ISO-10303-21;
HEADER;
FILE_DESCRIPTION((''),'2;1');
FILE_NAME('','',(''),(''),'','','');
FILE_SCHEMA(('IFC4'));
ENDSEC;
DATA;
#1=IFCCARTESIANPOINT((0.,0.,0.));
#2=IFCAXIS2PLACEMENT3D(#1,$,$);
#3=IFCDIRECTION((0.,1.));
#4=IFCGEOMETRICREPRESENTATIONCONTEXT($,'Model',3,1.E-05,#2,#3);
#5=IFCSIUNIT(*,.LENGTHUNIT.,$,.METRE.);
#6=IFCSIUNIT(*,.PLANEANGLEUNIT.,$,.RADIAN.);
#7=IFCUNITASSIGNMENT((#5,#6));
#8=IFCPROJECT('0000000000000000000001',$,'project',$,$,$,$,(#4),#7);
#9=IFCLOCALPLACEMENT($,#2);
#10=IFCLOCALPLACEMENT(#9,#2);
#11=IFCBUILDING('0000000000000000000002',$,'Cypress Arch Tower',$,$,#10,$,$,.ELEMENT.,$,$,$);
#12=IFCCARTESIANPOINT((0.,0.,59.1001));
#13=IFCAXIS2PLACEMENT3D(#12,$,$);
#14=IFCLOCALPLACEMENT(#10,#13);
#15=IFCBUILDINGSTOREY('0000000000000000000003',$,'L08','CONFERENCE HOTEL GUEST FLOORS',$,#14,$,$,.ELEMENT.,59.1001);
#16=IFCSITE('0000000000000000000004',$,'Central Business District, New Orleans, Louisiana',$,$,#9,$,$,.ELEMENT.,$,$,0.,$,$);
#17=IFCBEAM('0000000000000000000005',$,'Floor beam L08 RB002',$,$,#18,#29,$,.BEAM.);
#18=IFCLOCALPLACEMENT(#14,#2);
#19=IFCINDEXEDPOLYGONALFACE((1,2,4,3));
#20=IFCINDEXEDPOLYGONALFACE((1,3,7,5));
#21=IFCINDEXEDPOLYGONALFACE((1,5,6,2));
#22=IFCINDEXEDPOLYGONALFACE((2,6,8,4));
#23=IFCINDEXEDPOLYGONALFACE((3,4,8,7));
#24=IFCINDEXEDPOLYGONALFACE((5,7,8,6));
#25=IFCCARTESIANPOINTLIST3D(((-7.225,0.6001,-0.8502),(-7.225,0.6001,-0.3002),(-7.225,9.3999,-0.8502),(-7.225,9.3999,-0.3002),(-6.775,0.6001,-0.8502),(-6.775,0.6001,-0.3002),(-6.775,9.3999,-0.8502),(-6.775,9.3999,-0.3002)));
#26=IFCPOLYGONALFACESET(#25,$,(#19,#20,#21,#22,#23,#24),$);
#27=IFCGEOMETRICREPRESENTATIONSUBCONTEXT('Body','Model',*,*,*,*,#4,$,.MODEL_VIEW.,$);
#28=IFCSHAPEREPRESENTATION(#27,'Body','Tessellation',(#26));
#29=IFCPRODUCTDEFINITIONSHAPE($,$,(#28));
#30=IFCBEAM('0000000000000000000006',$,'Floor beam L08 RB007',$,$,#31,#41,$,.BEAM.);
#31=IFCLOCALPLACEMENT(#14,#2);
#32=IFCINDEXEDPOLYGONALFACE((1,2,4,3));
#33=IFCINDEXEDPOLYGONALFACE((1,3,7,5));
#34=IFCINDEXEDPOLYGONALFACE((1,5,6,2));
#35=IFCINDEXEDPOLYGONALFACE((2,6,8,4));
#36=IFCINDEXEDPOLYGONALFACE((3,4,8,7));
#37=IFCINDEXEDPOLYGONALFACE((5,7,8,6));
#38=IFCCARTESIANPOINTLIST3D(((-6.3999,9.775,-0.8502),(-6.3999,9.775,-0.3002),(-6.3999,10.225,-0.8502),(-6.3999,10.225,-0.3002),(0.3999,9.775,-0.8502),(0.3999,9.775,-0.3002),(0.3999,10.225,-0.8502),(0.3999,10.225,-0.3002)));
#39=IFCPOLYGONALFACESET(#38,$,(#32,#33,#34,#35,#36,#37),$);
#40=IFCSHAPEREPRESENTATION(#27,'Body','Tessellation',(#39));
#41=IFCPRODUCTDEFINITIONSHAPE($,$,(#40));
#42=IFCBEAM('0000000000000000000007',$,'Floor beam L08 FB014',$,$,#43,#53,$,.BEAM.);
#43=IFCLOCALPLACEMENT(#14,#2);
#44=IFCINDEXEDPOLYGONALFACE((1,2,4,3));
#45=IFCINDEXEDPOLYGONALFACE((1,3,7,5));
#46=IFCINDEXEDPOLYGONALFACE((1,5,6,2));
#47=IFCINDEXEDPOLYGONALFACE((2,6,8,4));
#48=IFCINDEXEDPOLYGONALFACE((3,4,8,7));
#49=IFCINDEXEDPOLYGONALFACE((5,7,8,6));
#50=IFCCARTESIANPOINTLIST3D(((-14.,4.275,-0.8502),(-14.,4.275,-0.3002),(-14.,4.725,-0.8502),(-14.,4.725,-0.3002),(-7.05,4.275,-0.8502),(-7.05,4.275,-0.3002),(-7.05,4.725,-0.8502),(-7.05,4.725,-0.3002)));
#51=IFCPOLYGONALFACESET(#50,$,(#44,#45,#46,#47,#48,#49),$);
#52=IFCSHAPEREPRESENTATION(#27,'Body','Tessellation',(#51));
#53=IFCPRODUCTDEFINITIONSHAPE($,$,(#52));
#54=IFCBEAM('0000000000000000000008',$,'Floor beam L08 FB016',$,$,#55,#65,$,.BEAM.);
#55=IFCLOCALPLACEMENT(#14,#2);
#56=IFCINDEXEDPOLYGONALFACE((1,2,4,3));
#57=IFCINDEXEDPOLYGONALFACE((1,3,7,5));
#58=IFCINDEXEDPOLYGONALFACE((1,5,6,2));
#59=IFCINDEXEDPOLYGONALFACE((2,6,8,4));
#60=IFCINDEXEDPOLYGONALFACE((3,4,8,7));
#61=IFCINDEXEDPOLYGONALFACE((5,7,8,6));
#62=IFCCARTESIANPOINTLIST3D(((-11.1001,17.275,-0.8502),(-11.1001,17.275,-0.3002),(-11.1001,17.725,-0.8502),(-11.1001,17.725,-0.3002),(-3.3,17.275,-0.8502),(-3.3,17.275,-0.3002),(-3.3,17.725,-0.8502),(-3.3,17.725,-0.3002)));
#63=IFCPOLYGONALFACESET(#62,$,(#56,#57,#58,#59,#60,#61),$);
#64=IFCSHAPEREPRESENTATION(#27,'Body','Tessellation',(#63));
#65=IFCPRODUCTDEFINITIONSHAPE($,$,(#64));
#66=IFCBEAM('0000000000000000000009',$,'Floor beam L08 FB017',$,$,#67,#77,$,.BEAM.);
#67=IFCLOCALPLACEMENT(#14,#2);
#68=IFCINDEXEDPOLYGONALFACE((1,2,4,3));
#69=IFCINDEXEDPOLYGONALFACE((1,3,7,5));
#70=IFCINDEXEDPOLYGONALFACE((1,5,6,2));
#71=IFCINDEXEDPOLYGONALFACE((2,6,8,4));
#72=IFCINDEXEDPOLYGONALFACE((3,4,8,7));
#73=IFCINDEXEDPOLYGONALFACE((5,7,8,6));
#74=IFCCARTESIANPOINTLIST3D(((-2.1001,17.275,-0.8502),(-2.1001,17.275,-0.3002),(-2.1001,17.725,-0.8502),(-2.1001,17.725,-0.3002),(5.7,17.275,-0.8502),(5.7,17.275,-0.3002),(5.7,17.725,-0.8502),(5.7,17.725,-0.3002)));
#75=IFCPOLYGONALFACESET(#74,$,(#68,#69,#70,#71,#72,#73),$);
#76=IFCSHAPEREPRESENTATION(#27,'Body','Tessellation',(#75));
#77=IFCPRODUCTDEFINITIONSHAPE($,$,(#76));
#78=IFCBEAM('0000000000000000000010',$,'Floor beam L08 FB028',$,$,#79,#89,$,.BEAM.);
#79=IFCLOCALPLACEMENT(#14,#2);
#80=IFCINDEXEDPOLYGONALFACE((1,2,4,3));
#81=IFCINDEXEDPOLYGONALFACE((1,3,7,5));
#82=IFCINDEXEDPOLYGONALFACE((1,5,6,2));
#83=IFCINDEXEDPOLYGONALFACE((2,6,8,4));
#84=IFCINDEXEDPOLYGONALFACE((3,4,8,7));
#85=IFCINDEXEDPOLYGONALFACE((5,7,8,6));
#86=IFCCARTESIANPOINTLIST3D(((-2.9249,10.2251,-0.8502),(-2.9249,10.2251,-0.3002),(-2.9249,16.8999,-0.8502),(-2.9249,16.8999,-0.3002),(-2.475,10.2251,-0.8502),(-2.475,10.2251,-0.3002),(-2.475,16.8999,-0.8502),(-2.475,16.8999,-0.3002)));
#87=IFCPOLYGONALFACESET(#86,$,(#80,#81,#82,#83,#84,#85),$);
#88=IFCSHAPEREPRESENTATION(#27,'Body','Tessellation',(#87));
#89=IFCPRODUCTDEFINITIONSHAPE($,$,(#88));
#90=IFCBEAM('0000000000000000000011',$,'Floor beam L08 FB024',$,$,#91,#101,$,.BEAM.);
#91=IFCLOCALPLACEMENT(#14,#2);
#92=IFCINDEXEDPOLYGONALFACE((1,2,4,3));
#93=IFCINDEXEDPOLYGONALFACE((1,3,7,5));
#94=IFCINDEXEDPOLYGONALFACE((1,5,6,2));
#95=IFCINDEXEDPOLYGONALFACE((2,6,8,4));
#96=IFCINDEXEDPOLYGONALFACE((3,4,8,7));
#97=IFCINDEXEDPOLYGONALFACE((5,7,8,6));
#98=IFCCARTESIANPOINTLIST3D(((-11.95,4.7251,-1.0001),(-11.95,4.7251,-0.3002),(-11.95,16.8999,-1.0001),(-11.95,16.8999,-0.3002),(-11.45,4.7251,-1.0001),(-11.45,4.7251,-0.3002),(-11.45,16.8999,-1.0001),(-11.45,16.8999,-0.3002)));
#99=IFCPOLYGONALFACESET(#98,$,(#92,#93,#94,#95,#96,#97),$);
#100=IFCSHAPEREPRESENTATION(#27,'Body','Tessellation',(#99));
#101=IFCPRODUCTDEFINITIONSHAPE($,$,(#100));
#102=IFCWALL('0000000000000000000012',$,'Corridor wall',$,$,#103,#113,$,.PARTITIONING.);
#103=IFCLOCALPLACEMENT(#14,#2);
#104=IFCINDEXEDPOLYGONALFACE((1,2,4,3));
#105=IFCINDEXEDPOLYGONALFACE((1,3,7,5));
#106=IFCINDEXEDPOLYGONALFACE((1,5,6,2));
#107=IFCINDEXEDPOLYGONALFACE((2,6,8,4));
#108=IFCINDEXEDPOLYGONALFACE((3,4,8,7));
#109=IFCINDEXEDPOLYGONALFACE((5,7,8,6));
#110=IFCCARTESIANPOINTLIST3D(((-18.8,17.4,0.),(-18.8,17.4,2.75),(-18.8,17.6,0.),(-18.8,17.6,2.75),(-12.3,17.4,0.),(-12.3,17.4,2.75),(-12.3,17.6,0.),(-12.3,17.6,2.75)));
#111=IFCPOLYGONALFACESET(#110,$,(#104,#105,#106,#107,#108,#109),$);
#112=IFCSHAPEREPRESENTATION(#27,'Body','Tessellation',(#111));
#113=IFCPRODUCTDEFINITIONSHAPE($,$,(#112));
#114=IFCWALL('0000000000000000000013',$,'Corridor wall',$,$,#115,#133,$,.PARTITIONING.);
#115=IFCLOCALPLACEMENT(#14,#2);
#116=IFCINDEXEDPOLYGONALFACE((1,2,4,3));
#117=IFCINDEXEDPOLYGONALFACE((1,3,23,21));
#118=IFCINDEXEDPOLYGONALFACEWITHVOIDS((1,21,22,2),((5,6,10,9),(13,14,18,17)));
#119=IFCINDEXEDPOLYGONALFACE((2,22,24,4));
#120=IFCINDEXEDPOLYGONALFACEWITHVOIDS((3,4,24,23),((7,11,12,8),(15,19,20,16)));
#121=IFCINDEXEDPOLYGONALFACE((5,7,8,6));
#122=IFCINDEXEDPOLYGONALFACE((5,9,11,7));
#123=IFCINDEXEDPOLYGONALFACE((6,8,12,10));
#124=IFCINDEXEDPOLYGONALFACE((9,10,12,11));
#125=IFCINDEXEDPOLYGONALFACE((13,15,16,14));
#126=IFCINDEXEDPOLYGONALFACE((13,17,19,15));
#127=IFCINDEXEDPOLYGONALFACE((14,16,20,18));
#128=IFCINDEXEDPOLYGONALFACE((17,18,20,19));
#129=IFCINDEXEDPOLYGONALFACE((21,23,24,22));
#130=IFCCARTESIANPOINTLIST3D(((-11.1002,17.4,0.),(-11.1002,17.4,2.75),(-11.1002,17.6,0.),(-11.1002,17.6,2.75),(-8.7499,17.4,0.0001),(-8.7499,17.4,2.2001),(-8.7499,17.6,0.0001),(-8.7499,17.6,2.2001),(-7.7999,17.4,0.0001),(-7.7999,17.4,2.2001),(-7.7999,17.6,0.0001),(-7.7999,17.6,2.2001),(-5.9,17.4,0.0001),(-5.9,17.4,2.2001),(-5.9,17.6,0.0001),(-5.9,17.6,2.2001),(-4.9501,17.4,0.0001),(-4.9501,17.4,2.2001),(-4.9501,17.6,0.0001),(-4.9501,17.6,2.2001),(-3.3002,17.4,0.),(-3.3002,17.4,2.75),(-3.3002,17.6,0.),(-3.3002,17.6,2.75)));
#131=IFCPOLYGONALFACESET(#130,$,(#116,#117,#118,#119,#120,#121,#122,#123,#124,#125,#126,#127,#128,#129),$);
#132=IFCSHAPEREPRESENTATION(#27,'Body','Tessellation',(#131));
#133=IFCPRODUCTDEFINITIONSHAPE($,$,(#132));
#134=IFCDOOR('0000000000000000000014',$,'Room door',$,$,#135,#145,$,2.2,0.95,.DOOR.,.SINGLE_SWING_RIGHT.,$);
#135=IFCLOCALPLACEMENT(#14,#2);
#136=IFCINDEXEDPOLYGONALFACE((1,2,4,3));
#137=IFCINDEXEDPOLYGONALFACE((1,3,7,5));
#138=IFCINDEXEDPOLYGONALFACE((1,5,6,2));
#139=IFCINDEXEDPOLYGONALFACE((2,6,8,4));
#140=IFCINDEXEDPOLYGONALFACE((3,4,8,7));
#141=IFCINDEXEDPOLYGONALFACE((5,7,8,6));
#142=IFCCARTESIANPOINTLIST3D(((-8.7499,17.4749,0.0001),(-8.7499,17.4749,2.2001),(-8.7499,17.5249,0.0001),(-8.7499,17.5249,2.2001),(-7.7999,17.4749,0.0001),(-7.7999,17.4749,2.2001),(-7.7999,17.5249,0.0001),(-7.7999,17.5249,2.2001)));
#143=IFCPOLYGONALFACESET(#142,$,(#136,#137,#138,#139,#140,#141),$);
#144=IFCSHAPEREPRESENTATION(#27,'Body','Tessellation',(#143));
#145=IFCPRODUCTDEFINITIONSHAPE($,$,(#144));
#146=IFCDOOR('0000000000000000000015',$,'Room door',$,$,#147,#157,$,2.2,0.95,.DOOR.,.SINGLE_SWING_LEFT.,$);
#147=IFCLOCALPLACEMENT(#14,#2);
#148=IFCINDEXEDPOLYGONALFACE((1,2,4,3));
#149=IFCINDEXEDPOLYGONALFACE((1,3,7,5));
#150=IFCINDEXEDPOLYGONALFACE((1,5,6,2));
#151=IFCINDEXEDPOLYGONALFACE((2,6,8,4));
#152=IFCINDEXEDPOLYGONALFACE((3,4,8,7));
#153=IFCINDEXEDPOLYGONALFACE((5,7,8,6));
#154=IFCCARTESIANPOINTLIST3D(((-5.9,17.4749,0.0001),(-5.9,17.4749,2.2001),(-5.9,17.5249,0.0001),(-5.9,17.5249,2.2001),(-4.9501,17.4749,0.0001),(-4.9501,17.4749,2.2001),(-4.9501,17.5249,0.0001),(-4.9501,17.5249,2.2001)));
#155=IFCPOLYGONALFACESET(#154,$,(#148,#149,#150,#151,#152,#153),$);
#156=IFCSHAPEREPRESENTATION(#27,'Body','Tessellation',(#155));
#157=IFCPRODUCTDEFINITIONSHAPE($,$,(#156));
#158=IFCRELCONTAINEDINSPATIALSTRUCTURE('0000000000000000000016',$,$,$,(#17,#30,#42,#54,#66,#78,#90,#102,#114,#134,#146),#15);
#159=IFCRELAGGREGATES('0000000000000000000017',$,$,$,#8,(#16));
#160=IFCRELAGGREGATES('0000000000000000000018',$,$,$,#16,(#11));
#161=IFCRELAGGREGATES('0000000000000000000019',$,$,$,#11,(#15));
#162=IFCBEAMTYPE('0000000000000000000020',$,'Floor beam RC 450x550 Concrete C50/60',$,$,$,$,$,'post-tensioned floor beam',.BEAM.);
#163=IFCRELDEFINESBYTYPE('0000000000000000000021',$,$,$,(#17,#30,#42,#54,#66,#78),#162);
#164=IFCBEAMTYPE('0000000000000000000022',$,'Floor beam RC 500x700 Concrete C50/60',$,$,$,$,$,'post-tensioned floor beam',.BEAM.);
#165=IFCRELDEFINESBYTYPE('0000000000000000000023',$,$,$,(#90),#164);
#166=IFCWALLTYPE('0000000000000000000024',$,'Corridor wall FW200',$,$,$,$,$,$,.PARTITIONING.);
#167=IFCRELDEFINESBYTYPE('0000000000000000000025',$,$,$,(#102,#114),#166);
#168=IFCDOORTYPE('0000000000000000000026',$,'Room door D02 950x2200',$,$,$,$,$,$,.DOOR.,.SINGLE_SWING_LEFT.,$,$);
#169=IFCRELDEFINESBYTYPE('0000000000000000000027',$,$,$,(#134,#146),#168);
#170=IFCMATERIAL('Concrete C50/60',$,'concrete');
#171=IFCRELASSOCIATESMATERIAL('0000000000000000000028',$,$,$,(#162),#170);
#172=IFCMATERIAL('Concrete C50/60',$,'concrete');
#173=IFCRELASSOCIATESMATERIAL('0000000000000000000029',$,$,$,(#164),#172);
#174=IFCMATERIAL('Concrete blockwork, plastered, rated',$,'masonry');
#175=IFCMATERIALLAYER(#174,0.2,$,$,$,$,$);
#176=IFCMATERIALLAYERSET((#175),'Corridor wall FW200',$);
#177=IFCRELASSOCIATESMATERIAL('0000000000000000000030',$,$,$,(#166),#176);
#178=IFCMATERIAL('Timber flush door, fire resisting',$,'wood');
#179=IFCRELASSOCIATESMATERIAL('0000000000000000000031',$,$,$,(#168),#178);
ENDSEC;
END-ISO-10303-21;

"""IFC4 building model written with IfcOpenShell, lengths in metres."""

from ifc_helpers import new_model, si_unit, direction, frame, frame_2d, origin, origin_2d, place, context, subcontext, project, spatial, rectangle, extrude, material, layer, layer_set, material_profile, profile_set, type_object, element, fill, save


model = new_model("IFC4")

# Units and contexts
model_context = context("Model", 3, precision=1e-05, world=origin(), true_north=direction((0.0, 1.0)))
body_context = subcontext(model_context, "Body", "Model", "MODEL_VIEW")
ifc_project = project(units=[si_unit("LENGTHUNIT", "METRE"), si_unit("PLANEANGLEUNIT", "RADIAN")], contexts=[model_context])

# Site, building, storey
site_placement = place(None, origin())
site = spatial("IfcSite", under=ifc_project, at=site_placement, Name="Central Business District, New Orleans, Louisiana", CompositionType="ELEMENT", RefElevation=0.0)
building_placement = place(site_placement, origin())
building = spatial("IfcBuilding", under=site, at=building_placement, Name="Cypress Arch Tower", CompositionType="ELEMENT")
storey_placement = place(building_placement, frame((0.0, 0.0, 59.1001)))
storey = spatial("IfcBuildingStorey", under=building, at=storey_placement, Name="L08", Description="CONFERENCE HOTEL GUEST FLOORS", CompositionType="ELEMENT", Elevation=59.1001)

# Beams
ifc_material_1 = material(Name="Concrete C50/60", Category="concrete")
ifc_material_profile_1 = material_profile(ifc_material_1, rectangle(XDim=0.45, YDim=0.55, at=origin_2d()), Name="RC 450x550")
ifc_profile_set_1 = profile_set([ifc_material_profile_1], Name="Concrete C50/60")
beam_type_1 = type_object("IfcBeamType", Name="Floor beam RC 450x550 Concrete C50/60", ElementType="post-tensioned floor beam", PredefinedType="BEAM", material=ifc_profile_set_1)
beam_1_placement = place(storey_placement, frame((-7.0, 0.6001, -0.5752), z_axis=(0.0, 1.0, 0.0), x_axis=(-1.0, 0.0, 0.0)))
element("IfcBeam", 1, at=beam_1_placement, inside=storey, type_object=beam_type_1, Name="Floor beam L08 RB002", PredefinedType="BEAM", context=body_context, shape_type="SweptSolid", body=[
    extrude(rectangle(XDim=0.45, YDim=0.55, at=origin_2d()), origin(), (0.0, 0.0, 1.0), 8.7998),
])
beam_2_placement = place(storey_placement, frame((-6.3999, 10.0, -0.5752), z_axis=(1.0, 0.0, 0.0), x_axis=(0.0, 1.0, 0.0)))
element("IfcBeam", 2, at=beam_2_placement, inside=storey, type_object=beam_type_1, Name="Floor beam L08 RB007", PredefinedType="BEAM", context=body_context, shape_type="SweptSolid", body=[
    extrude(rectangle(XDim=0.45, YDim=0.55, at=origin_2d()), origin(), (0.0, 0.0, 1.0), 6.7998),
])
beam_3_placement = place(storey_placement, frame((-14.0, 4.5, -0.5752), z_axis=(1.0, 0.0, 0.0), x_axis=(0.0, 1.0, 0.0)))
element("IfcBeam", 3, at=beam_3_placement, inside=storey, type_object=beam_type_1, Name="Floor beam L08 FB014", PredefinedType="BEAM", context=body_context, shape_type="SweptSolid", body=[
    extrude(rectangle(XDim=0.45, YDim=0.55, at=origin_2d()), origin(), (0.0, 0.0, 1.0), 6.95),
])
for number, where, z_axis, x_axis, name in (
    (4, (-11.1001, 17.5, -0.5752), (1.0, 0.0, 0.0), (0.0, 1.0, 0.0), "Floor beam L08 FB016"),
    (5, (-2.1001, 17.5, -0.5752), (1.0, 0.0, 0.0), (0.0, 1.0, 0.0), "Floor beam L08 FB017"),
):
    element("IfcBeam", number, at=place(storey_placement, frame(where, z_axis=z_axis, x_axis=x_axis)), inside=storey, type_object=beam_type_1, Name=name, PredefinedType="BEAM", context=body_context, shape_type="SweptSolid", body=[
        extrude(rectangle(XDim=0.45, YDim=0.55, at=origin_2d()), origin(), (0.0, 0.0, 1.0), 7.8),
    ])
beam_4_placement = place(storey_placement, frame((-2.7, 10.2251, -0.5752), z_axis=(0.0, 1.0, 0.0), x_axis=(-1.0, 0.0, 0.0)))
element("IfcBeam", 6, at=beam_4_placement, inside=storey, type_object=beam_type_1, Name="Floor beam L08 FB028", PredefinedType="BEAM", context=body_context, shape_type="SweptSolid", body=[
    extrude(rectangle(XDim=0.45, YDim=0.55, at=origin_2d()), origin(), (0.0, 0.0, 1.0), 6.6748),
])
ifc_material_2 = material(Name="Concrete C50/60", Category="concrete")
ifc_material_profile_2 = material_profile(ifc_material_2, rectangle(XDim=0.5, YDim=0.7, at=origin_2d()), Name="RC 500x700")
ifc_profile_set_2 = profile_set([ifc_material_profile_2], Name="Concrete C50/60")
beam_type_2 = type_object("IfcBeamType", Name="Floor beam RC 500x700 Concrete C50/60", ElementType="post-tensioned floor beam", PredefinedType="BEAM", material=ifc_profile_set_2)
beam_5_placement = place(storey_placement, frame((-11.7, 4.7251, -0.6501), z_axis=(0.0, 1.0, 0.0), x_axis=(-1.0, 0.0, 0.0)))
element("IfcBeam", 7, at=beam_5_placement, inside=storey, type_object=beam_type_2, Name="Floor beam L08 FB024", PredefinedType="BEAM", context=body_context, shape_type="SweptSolid", body=[
    extrude(rectangle(XDim=0.5, YDim=0.7, at=origin_2d()), origin(), (0.0, 0.0, 1.0), 12.1748),
])

# Wall
ifc_material_3 = material(Name="Concrete blockwork, plastered, rated", Category="masonry")
ifc_layer_1 = layer(ifc_material_3, 0.2)
ifc_layer_set_1 = layer_set([ifc_layer_1], Name="Corridor wall FW200")
wall_type_1 = type_object("IfcWallType", Name="Corridor wall FW200", PredefinedType="PARTITIONING", material=ifc_layer_set_1)
wall_1_placement = place(storey_placement, frame((-18.8, 17.5, 0.0), z_axis=(0.0, 0.0, 1.0), x_axis=(1.0, 0.0, 0.0)))
element("IfcWall", 8, at=wall_1_placement, inside=storey, type_object=wall_type_1, Name="Corridor wall", PredefinedType="PARTITIONING", context=body_context, shape_type="SweptSolid", body=[
    extrude(rectangle(XDim=6.5, YDim=0.2, at=frame_2d((3.25, 0.0))), origin(), (0.0, 0.0, 1.0), 2.75),
])

# Wall, openings, doors
wall_2_placement = place(storey_placement, frame((-11.1001, 17.5, 0.0), z_axis=(0.0, 0.0, 1.0), x_axis=(1.0, 0.0, 0.0)))
wall_2 = element("IfcWall", 9, at=wall_2_placement, inside=storey, type_object=wall_type_1, Name="Corridor wall", PredefinedType="PARTITIONING", context=body_context, shape_type="SweptSolid", body=[
    extrude(rectangle(XDim=7.8, YDim=0.2, at=frame_2d((3.8999, 0.0))), origin(), (0.0, 0.0, 1.0), 2.75),
])
opening_1_placement = place(wall_2_placement, frame((2.3501, 0.0, 0.0)))
opening_1 = element("IfcOpeningElement", 10, at=opening_1_placement, cuts=wall_2, PredefinedType="OPENING", context=body_context, shape_type="SweptSolid", body=[
    extrude(rectangle(XDim=0.95, YDim=2.2, at=frame_2d((0.4751, 1.1001))), frame((0.0, 0.1099, 0.0), z_axis=(0.0, -1.0, 0.0), x_axis=(1.0, 0.0, 0.0)), (0.0, 0.0, 1.0), 0.22),
])
opening_2_placement = place(wall_2_placement, frame((5.2, 0.0, 0.0)))
opening_2 = element("IfcOpeningElement", 11, at=opening_2_placement, cuts=wall_2, PredefinedType="OPENING", context=body_context, shape_type="SweptSolid", body=[
    extrude(rectangle(XDim=0.95, YDim=2.2, at=frame_2d((0.4751, 1.1001))), frame((0.0, 0.1099, 0.0), z_axis=(0.0, -1.0, 0.0), x_axis=(1.0, 0.0, 0.0)), (0.0, 0.0, 1.0), 0.22),
])
ifc_material_4 = material(Name="Timber flush door, fire resisting", Category="wood")
door_type_1 = type_object("IfcDoorType", Name="Room door D02 950x2200", OperationType="SINGLE_SWING_LEFT", PredefinedType="DOOR", material=ifc_material_4)
door_1_placement = place(opening_1_placement, origin())
door_1 = element("IfcDoor", 12, at=door_1_placement, inside=storey, type_object=door_type_1, Name="Room door", OperationType="SINGLE_SWING_RIGHT", OverallHeight=2.2, OverallWidth=0.95, PredefinedType="DOOR", context=body_context, shape_type="SweptSolid", body=[
    extrude(rectangle(XDim=0.95, YDim=2.2, at=frame_2d((0.4751, 1.1001))), frame((0.0, 0.0249, 0.0), z_axis=(0.0, -1.0, 0.0), x_axis=(1.0, 0.0, 0.0)), (0.0, 0.0, 1.0), 0.05),
])
fill(opening_1, door_1)
door_2_placement = place(opening_2_placement, origin())
door_2 = element("IfcDoor", 13, at=door_2_placement, inside=storey, type_object=door_type_1, Name="Room door", OperationType="SINGLE_SWING_LEFT", OverallHeight=2.2, OverallWidth=0.95, PredefinedType="DOOR", context=body_context, shape_type="SweptSolid", body=[
    extrude(rectangle(XDim=0.95, YDim=2.2, at=frame_2d((0.4751, 1.1001))), frame((0.0, 0.0249, 0.0), z_axis=(0.0, -1.0, 0.0), x_axis=(1.0, 0.0, 0.0)), (0.0, 0.0, 1.0), 0.05),
])
fill(opening_2, door_2)

save(model, "model.ifc")
